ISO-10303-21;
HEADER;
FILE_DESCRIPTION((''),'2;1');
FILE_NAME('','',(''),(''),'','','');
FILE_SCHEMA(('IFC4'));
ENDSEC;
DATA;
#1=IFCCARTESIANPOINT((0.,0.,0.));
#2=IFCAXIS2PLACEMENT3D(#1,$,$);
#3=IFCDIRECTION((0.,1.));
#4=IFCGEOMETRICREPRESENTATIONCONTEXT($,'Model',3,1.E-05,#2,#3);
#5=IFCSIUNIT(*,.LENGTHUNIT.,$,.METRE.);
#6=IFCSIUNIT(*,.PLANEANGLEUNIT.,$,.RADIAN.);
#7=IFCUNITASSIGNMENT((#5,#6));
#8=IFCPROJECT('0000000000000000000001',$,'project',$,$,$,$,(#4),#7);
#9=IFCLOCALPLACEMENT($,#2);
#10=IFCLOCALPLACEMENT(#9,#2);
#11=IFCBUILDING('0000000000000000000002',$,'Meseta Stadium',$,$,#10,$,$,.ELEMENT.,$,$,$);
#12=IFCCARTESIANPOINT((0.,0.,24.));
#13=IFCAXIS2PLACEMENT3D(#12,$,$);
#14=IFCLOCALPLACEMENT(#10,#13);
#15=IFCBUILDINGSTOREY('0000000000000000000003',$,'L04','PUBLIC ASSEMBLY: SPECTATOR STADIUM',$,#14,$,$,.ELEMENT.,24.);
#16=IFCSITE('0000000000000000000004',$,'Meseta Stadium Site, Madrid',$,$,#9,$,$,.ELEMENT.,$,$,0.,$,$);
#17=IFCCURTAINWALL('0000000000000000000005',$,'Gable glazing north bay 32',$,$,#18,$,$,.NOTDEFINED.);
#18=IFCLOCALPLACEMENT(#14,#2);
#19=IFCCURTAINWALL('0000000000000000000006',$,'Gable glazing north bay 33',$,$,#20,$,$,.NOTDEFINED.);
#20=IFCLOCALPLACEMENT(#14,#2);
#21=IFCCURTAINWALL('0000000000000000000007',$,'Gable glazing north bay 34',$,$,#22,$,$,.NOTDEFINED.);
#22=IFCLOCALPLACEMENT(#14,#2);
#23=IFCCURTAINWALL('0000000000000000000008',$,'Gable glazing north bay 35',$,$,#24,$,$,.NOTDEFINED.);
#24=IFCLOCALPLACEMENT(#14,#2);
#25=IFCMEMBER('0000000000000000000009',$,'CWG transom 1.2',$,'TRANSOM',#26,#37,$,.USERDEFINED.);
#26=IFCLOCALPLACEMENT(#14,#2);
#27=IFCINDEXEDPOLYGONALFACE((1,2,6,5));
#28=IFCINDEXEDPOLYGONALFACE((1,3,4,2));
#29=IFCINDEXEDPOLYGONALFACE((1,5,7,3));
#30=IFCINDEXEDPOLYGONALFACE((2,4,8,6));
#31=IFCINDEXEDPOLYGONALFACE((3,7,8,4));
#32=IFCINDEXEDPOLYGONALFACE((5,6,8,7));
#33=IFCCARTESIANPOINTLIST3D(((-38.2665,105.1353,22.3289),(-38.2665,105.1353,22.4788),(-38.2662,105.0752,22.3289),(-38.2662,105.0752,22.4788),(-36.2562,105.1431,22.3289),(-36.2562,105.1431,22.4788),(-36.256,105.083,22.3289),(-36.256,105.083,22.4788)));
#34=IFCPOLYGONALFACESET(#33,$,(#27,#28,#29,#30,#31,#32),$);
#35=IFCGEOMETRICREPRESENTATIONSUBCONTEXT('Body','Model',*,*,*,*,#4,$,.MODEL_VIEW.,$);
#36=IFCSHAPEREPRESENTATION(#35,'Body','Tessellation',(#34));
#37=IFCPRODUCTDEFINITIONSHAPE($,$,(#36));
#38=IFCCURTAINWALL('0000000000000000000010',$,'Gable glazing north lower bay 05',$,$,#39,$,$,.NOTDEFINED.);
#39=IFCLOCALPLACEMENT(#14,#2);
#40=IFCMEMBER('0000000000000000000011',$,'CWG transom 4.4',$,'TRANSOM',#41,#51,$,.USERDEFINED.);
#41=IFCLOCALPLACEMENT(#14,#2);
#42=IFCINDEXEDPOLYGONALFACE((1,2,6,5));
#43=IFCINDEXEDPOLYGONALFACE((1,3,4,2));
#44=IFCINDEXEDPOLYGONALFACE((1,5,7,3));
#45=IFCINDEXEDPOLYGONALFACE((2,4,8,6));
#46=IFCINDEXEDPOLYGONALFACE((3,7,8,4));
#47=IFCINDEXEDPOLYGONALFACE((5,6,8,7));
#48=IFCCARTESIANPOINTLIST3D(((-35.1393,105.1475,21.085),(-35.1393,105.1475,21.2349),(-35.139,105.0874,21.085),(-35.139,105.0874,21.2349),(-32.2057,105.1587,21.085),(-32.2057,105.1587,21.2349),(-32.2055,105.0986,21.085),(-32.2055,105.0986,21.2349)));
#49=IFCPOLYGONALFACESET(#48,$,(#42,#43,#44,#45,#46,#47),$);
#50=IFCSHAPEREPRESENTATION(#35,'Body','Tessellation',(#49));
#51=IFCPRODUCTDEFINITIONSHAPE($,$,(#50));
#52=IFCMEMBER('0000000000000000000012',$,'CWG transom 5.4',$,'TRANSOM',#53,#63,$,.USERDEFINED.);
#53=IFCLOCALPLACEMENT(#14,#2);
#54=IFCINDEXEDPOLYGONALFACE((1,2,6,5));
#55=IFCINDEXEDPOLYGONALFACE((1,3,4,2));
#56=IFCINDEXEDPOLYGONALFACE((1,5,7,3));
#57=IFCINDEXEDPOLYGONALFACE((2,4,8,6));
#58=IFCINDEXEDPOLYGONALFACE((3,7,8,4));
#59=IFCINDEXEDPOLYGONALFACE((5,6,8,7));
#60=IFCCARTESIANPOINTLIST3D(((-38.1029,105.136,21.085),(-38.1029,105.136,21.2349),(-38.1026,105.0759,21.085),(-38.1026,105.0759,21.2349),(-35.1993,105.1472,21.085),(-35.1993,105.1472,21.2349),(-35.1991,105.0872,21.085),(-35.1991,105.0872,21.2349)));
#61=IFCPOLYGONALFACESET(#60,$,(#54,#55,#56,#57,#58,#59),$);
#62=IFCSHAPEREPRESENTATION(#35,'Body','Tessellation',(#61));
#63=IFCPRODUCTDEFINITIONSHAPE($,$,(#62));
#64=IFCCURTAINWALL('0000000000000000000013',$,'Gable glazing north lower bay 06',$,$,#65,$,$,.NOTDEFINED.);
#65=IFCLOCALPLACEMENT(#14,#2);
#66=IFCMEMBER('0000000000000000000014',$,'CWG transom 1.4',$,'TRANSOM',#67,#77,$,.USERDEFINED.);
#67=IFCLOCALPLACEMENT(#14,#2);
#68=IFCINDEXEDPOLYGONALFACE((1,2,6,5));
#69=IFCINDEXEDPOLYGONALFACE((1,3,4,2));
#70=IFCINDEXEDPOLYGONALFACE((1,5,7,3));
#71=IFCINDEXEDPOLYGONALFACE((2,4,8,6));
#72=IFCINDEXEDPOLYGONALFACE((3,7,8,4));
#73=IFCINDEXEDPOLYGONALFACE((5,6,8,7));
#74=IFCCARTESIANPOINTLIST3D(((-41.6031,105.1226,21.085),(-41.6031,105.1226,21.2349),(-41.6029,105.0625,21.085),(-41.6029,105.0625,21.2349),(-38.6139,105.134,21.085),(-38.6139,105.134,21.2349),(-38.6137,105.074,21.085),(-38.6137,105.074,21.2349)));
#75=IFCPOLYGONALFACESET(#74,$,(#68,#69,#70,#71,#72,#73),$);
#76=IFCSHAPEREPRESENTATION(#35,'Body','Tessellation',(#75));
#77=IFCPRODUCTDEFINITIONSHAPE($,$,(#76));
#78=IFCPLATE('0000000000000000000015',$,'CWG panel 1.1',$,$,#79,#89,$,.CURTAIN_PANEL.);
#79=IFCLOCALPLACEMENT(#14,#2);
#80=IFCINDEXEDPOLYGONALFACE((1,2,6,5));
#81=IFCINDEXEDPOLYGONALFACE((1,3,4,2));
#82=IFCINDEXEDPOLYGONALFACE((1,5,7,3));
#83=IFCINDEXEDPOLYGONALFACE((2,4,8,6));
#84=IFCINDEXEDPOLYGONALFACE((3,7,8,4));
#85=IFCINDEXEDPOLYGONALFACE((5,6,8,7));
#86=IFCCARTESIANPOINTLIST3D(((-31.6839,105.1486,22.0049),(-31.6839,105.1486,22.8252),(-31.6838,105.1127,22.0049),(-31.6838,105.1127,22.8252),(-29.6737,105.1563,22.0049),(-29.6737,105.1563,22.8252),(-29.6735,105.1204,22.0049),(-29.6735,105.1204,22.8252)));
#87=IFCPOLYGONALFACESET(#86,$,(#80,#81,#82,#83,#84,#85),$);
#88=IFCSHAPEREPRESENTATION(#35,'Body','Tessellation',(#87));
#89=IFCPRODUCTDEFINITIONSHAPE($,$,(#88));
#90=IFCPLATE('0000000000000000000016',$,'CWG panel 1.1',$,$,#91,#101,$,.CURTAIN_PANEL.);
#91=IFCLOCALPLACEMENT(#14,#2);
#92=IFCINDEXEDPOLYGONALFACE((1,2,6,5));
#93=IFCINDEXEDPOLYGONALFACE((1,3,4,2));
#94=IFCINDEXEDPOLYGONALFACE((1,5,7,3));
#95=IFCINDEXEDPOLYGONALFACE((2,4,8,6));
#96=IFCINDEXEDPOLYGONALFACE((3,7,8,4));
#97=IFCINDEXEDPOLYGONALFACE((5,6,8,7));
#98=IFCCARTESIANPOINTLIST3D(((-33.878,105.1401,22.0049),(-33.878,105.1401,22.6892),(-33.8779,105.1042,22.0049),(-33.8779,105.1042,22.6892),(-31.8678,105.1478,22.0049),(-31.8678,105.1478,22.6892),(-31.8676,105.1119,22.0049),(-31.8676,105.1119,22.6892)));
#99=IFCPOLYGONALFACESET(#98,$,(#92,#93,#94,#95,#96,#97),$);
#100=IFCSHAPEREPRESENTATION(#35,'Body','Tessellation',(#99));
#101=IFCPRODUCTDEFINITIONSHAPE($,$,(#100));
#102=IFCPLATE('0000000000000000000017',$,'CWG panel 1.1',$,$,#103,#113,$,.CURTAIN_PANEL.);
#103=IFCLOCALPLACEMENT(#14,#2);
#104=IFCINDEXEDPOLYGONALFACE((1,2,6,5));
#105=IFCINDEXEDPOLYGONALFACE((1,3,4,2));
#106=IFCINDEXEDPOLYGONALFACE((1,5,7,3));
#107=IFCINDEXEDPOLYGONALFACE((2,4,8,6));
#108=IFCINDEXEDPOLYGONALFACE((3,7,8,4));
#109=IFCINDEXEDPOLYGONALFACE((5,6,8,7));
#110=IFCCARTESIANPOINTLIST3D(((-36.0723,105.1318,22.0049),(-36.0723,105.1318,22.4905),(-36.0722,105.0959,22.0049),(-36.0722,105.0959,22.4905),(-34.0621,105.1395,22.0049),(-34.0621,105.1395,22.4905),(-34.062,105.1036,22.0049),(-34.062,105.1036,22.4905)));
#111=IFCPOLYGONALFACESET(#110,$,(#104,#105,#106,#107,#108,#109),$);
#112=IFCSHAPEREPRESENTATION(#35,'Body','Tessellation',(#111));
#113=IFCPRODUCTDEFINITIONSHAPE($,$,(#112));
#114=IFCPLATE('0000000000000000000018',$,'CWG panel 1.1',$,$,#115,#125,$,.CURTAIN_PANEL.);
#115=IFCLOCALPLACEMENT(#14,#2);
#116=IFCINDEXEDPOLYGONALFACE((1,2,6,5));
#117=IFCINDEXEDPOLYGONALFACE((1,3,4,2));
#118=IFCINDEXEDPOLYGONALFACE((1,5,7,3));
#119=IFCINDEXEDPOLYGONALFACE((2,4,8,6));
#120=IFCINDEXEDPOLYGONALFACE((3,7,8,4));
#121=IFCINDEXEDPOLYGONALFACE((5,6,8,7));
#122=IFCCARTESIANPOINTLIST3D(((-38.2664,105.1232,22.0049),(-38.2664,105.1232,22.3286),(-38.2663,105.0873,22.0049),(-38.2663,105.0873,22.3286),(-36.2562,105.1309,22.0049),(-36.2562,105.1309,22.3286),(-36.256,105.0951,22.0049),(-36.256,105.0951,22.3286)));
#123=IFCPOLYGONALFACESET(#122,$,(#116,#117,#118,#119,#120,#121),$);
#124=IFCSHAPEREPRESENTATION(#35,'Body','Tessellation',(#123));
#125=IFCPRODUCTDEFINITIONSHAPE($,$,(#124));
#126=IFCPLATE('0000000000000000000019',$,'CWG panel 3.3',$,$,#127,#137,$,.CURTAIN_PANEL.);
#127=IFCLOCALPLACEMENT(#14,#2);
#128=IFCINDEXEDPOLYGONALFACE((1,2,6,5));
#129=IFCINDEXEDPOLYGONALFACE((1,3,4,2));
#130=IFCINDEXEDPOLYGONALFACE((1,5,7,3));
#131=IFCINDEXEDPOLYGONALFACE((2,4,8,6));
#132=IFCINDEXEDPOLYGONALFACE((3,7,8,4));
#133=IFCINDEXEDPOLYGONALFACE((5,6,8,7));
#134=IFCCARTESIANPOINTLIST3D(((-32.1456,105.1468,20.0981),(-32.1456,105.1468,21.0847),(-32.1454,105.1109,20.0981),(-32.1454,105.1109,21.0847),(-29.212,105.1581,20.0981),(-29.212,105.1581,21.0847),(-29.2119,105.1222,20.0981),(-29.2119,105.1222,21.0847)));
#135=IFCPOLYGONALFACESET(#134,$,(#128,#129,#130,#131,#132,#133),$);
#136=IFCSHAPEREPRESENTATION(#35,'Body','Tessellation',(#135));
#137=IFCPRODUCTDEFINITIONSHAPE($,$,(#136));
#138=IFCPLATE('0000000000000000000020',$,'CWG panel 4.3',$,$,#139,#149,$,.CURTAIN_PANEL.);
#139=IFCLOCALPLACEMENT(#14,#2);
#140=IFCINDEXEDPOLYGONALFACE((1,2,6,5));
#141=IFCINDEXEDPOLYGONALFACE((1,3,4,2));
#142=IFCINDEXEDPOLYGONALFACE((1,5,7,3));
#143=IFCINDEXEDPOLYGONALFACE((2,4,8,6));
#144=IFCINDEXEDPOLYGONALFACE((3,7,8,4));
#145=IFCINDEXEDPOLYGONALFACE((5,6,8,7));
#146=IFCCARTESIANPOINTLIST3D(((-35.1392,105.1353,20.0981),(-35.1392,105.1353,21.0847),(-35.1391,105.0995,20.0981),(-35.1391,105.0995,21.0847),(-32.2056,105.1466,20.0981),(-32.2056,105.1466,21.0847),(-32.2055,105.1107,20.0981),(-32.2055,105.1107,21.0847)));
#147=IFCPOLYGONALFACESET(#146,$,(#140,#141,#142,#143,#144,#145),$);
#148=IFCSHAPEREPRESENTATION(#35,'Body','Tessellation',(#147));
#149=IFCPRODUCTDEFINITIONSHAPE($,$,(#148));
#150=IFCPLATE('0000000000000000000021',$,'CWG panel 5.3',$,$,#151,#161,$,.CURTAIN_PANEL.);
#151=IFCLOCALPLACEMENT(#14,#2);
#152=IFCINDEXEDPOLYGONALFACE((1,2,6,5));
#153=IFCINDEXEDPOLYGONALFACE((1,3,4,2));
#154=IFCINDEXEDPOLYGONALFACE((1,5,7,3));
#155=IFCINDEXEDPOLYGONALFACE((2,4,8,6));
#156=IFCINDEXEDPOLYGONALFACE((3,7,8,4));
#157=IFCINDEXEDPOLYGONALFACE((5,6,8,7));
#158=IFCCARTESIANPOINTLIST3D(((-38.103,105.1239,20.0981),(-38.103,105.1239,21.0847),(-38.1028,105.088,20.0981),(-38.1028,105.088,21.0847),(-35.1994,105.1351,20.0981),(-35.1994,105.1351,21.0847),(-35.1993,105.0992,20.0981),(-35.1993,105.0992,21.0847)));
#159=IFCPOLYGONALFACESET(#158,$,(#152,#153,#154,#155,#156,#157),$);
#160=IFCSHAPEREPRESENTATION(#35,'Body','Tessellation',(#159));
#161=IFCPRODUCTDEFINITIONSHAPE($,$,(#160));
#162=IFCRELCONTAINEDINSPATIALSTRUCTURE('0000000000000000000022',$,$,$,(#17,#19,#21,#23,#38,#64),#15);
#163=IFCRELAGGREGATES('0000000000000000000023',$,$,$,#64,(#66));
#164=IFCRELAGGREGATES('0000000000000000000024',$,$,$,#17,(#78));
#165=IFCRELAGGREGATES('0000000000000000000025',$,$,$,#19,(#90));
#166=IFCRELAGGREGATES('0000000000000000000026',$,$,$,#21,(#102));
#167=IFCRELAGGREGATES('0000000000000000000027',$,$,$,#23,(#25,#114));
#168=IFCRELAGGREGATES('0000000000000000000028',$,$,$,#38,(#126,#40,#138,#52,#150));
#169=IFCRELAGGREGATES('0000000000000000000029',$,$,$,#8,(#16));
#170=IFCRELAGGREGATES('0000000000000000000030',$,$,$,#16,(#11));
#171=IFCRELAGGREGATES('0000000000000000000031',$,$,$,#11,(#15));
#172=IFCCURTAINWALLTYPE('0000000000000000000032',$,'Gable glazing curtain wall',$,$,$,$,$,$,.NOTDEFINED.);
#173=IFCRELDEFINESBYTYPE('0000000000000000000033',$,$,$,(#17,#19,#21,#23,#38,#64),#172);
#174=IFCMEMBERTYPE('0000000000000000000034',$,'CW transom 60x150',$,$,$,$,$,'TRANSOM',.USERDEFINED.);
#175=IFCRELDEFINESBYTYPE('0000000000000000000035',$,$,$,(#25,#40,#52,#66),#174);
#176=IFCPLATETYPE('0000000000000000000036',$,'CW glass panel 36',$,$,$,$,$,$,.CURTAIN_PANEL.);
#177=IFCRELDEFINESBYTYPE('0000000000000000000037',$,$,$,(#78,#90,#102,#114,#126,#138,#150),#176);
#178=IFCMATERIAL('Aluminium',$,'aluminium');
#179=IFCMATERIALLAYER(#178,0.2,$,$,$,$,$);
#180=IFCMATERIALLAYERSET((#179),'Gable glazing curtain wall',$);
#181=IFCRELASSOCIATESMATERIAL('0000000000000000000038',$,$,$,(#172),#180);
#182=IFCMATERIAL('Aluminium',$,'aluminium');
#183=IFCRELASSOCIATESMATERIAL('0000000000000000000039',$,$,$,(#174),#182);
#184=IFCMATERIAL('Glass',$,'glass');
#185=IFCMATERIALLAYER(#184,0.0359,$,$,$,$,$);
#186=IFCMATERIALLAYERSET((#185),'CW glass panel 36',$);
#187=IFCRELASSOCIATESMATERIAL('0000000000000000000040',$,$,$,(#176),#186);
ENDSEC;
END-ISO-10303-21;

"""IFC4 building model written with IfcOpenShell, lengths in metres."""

from ifc_helpers import new_model, si_unit, direction, frame, origin, origin_2d, place, context, subcontext, project, spatial, rectangle, extrude, material, layer, layer_set, material_profile, profile_set, type_object, element, aggregate, save


model = new_model("IFC4")

# Units and contexts
model_context = context("Model", 3, precision=1e-05, world=origin(), true_north=direction((0.0, 1.0)))
body_context = subcontext(model_context, "Body", "Model", "MODEL_VIEW")
ifc_project = project(units=[si_unit("LENGTHUNIT", "METRE"), si_unit("PLANEANGLEUNIT", "RADIAN")], contexts=[model_context])

# Site, building, storey
site_placement = place(None, origin())
site = spatial("IfcSite", under=ifc_project, at=site_placement, Name="Meseta Stadium Site, Madrid", CompositionType="ELEMENT", RefElevation=0.0)
building_placement = place(site_placement, origin())
building = spatial("IfcBuilding", under=site, at=building_placement, Name="Meseta Stadium", CompositionType="ELEMENT")
storey_placement = place(building_placement, frame((0.0, 0.0, 24.0)))
storey = spatial("IfcBuildingStorey", under=building, at=storey_placement, Name="L04", Description="PUBLIC ASSEMBLY: SPECTATOR STADIUM", CompositionType="ELEMENT", Elevation=24.0)

# Curtain wall
ifc_material_1 = material(Name="Aluminium", Category="aluminium")
ifc_layer_1 = layer(ifc_material_1, 0.2)
ifc_layer_set_1 = layer_set([ifc_layer_1], Name="Gable glazing curtain wall")
curtain_wall_type = type_object("IfcCurtainWallType", Name="Gable glazing curtain wall", PredefinedType="NOTDEFINED", material=ifc_layer_set_1)
curtain_wall_1_placement = place(storey_placement, origin())
curtain_wall_1 = element("IfcCurtainWall", 1, at=curtain_wall_1_placement, inside=storey, type_object=curtain_wall_type, Name="Gable glazing north bay 32", PredefinedType="NOTDEFINED")

# Curtain walls
curtain_wall_2_placement = place(storey_placement, origin())
curtain_wall_2 = element("IfcCurtainWall", 2, at=curtain_wall_2_placement, inside=storey, type_object=curtain_wall_type, Name="Gable glazing north bay 33", PredefinedType="NOTDEFINED")
curtain_wall_3_placement = place(storey_placement, origin())
curtain_wall_3 = element("IfcCurtainWall", 3, at=curtain_wall_3_placement, inside=storey, type_object=curtain_wall_type, Name="Gable glazing north bay 34", PredefinedType="NOTDEFINED")
curtain_wall_4_placement = place(storey_placement, origin())
curtain_wall_4 = element("IfcCurtainWall", 4, at=curtain_wall_4_placement, inside=storey, type_object=curtain_wall_type, Name="Gable glazing north bay 35", PredefinedType="NOTDEFINED")

# Member
ifc_material_2 = material(Name="Aluminium", Category="aluminium")
ifc_material_profile_1 = material_profile(ifc_material_2, rectangle(XDim=0.0601, YDim=0.1499, at=origin_2d()), Name="CW 60x150")
ifc_profile_set_1 = profile_set([ifc_material_profile_1], Name="Aluminium")
member_type_1 = type_object("IfcMemberType", Name="CW transom 60x150", ElementType="TRANSOM", PredefinedType="USERDEFINED", material=ifc_profile_set_1)
member_1_placement = place(storey_placement, frame((-36.2561, 105.113, 22.4038), z_axis=(-0.999992, -0.003886, 0.0), x_axis=(0.003886, -0.999992, 0.0)))
member_1 = element("IfcMember", 5, at=member_1_placement, type_object=member_type_1, Name="CWG transom 1.2", ObjectType="TRANSOM", PredefinedType="USERDEFINED", context=body_context, shape_type="SweptSolid", body=[
    extrude(rectangle(XDim=0.0601, YDim=0.1499, at=origin_2d()), origin(), (0.0, 0.0, 1.0), 2.0103),
])

# Curtain wall, members
curtain_wall_5_placement = place(storey_placement, origin())
curtain_wall_5 = element("IfcCurtainWall", 6, at=curtain_wall_5_placement, inside=storey, type_object=curtain_wall_type, Name="Gable glazing north lower bay 05", PredefinedType="NOTDEFINED")
member_2_placement = place(storey_placement, frame((-32.2056, 105.1287, 21.1599), z_axis=(-0.999993, -0.003828, 0.0), x_axis=(0.003828, -0.999993, 0.0)))
member_2 = element("IfcMember", 7, at=member_2_placement, type_object=member_type_1, Name="CWG transom 4.4", ObjectType="TRANSOM", PredefinedType="USERDEFINED", context=body_context, shape_type="SweptSolid", body=[
    extrude(rectangle(XDim=0.0601, YDim=0.1499, at=origin_2d()), origin(), (0.0, 0.0, 1.0), 2.9336),
])
member_3_placement = place(storey_placement, frame((-35.1992, 105.1172, 21.1599), z_axis=(-0.999993, -0.003868, 0.0), x_axis=(0.003868, -0.999993, 0.0)))
member_3 = element("IfcMember", 8, at=member_3_placement, type_object=member_type_1, Name="CWG transom 5.4", ObjectType="TRANSOM", PredefinedType="USERDEFINED", context=body_context, shape_type="SweptSolid", body=[
    extrude(rectangle(XDim=0.0601, YDim=0.1499, at=origin_2d()), origin(), (0.0, 0.0, 1.0), 2.9036),
])

# Curtain wall, member
curtain_wall_6_placement = place(storey_placement, origin())
curtain_wall_6 = element("IfcCurtainWall", 9, at=curtain_wall_6_placement, inside=storey, type_object=curtain_wall_type, Name="Gable glazing north lower bay 06", PredefinedType="NOTDEFINED")
member_4_placement = place(storey_placement, frame((-38.6138, 105.104, 21.1599), z_axis=(-0.999993, -0.003839, 0.0), x_axis=(0.003839, -0.999993, 0.0)))
member_4 = element("IfcMember", 10, at=member_4_placement, type_object=member_type_1, Name="CWG transom 1.4", ObjectType="TRANSOM", PredefinedType="USERDEFINED", context=body_context, shape_type="SweptSolid", body=[
    extrude(rectangle(XDim=0.0601, YDim=0.1499, at=origin_2d()), origin(), (0.0, 0.0, 1.0), 2.9893),
])
aggregate(curtain_wall_6, [member_4])

# Plates
ifc_material_3 = material(Name="Glass", Category="glass")
ifc_layer_2 = layer(ifc_material_3, 0.0359)
ifc_layer_set_2 = layer_set([ifc_layer_2], Name="CW glass panel 36")
plate_type = type_object("IfcPlateType", Name="CW glass panel 36", PredefinedType="CURTAIN_PANEL", material=ifc_layer_set_2)
plate_1_placement = place(storey_placement, frame((-30.6787, 105.1345, 22.0049), z_axis=(0.0, 0.0, 1.0), x_axis=(-0.999993, -0.003848, 0.0)))
plate_1 = element("IfcPlate", 11, at=plate_1_placement, type_object=plate_type, Name="CWG panel 1.1", PredefinedType="CURTAIN_PANEL", context=body_context, shape_type="SweptSolid", body=[
    extrude(rectangle(XDim=2.0103, YDim=0.0359, at=origin_2d()), origin(), (0.0, 0.0, 1.0), 0.8203),
])
aggregate(curtain_wall_1, [plate_1])
plate_2_placement = place(storey_placement, frame((-32.8728, 105.126, 22.0049), z_axis=(0.0, 0.0, 1.0), x_axis=(-0.999993, -0.003848, 0.0)))
plate_2 = element("IfcPlate", 12, at=plate_2_placement, type_object=plate_type, Name="CWG panel 1.1", PredefinedType="CURTAIN_PANEL", context=body_context, shape_type="SweptSolid", body=[
    extrude(rectangle(XDim=2.0103, YDim=0.0359, at=origin_2d()), origin(), (0.0, 0.0, 1.0), 0.6843),
])
aggregate(curtain_wall_2, [plate_2])
plate_3_placement = place(storey_placement, frame((-35.0671, 105.1177, 22.0049), z_axis=(0.0, 0.0, 1.0), x_axis=(-0.999993, -0.003848, 0.0)))
plate_3 = element("IfcPlate", 13, at=plate_3_placement, type_object=plate_type, Name="CWG panel 1.1", PredefinedType="CURTAIN_PANEL", context=body_context, shape_type="SweptSolid", body=[
    extrude(rectangle(XDim=2.0103, YDim=0.0359, at=origin_2d()), origin(), (0.0, 0.0, 1.0), 0.4856),
])
aggregate(curtain_wall_3, [plate_3])
plate_4_placement = place(storey_placement, frame((-37.2612, 105.1091, 22.0049), z_axis=(0.0, 0.0, 1.0), x_axis=(-0.999993, -0.003848, 0.0)))
plate_4 = element("IfcPlate", 14, at=plate_4_placement, type_object=plate_type, Name="CWG panel 1.1", PredefinedType="CURTAIN_PANEL", context=body_context, shape_type="SweptSolid", body=[
    extrude(rectangle(XDim=2.0103, YDim=0.0359, at=origin_2d()), origin(), (0.0, 0.0, 1.0), 0.3237),
])
aggregate(curtain_wall_4, [member_1, plate_4])
plate_5_placement = place(storey_placement, frame((-30.6787, 105.1345, 20.0981), z_axis=(0.0, 0.0, 1.0), x_axis=(-0.999993, -0.003848, 0.0)))
plate_5 = element("IfcPlate", 15, at=plate_5_placement, type_object=plate_type, Name="CWG panel 3.3", PredefinedType="CURTAIN_PANEL", context=body_context, shape_type="SweptSolid", body=[
    extrude(rectangle(XDim=2.9336, YDim=0.0359, at=origin_2d()), origin(), (0.0, 0.0, 1.0), 0.9866),
])
plate_6_placement = place(storey_placement, frame((-33.6724, 105.123, 20.0981), z_axis=(0.0, 0.0, 1.0), x_axis=(-0.999993, -0.003848, 0.0)))
plate_6 = element("IfcPlate", 16, at=plate_6_placement, type_object=plate_type, Name="CWG panel 4.3", PredefinedType="CURTAIN_PANEL", context=body_context, shape_type="SweptSolid", body=[
    extrude(rectangle(XDim=2.9336, YDim=0.0359, at=origin_2d()), origin(), (0.0, 0.0, 1.0), 0.9866),
])
plate_7_placement = place(storey_placement, frame((-36.6511, 105.1116, 20.0981), z_axis=(0.0, 0.0, 1.0), x_axis=(-0.999993, -0.003848, 0.0)))
plate_7 = element("IfcPlate", 17, at=plate_7_placement, type_object=plate_type, Name="CWG panel 5.3", PredefinedType="CURTAIN_PANEL", context=body_context, shape_type="SweptSolid", body=[
    extrude(rectangle(XDim=2.9036, YDim=0.0359, at=origin_2d()), origin(), (0.0, 0.0, 1.0), 0.9866),
])
aggregate(curtain_wall_5, [plate_5, member_2, plate_6, member_3, plate_7])

save(model, "model.ifc")
